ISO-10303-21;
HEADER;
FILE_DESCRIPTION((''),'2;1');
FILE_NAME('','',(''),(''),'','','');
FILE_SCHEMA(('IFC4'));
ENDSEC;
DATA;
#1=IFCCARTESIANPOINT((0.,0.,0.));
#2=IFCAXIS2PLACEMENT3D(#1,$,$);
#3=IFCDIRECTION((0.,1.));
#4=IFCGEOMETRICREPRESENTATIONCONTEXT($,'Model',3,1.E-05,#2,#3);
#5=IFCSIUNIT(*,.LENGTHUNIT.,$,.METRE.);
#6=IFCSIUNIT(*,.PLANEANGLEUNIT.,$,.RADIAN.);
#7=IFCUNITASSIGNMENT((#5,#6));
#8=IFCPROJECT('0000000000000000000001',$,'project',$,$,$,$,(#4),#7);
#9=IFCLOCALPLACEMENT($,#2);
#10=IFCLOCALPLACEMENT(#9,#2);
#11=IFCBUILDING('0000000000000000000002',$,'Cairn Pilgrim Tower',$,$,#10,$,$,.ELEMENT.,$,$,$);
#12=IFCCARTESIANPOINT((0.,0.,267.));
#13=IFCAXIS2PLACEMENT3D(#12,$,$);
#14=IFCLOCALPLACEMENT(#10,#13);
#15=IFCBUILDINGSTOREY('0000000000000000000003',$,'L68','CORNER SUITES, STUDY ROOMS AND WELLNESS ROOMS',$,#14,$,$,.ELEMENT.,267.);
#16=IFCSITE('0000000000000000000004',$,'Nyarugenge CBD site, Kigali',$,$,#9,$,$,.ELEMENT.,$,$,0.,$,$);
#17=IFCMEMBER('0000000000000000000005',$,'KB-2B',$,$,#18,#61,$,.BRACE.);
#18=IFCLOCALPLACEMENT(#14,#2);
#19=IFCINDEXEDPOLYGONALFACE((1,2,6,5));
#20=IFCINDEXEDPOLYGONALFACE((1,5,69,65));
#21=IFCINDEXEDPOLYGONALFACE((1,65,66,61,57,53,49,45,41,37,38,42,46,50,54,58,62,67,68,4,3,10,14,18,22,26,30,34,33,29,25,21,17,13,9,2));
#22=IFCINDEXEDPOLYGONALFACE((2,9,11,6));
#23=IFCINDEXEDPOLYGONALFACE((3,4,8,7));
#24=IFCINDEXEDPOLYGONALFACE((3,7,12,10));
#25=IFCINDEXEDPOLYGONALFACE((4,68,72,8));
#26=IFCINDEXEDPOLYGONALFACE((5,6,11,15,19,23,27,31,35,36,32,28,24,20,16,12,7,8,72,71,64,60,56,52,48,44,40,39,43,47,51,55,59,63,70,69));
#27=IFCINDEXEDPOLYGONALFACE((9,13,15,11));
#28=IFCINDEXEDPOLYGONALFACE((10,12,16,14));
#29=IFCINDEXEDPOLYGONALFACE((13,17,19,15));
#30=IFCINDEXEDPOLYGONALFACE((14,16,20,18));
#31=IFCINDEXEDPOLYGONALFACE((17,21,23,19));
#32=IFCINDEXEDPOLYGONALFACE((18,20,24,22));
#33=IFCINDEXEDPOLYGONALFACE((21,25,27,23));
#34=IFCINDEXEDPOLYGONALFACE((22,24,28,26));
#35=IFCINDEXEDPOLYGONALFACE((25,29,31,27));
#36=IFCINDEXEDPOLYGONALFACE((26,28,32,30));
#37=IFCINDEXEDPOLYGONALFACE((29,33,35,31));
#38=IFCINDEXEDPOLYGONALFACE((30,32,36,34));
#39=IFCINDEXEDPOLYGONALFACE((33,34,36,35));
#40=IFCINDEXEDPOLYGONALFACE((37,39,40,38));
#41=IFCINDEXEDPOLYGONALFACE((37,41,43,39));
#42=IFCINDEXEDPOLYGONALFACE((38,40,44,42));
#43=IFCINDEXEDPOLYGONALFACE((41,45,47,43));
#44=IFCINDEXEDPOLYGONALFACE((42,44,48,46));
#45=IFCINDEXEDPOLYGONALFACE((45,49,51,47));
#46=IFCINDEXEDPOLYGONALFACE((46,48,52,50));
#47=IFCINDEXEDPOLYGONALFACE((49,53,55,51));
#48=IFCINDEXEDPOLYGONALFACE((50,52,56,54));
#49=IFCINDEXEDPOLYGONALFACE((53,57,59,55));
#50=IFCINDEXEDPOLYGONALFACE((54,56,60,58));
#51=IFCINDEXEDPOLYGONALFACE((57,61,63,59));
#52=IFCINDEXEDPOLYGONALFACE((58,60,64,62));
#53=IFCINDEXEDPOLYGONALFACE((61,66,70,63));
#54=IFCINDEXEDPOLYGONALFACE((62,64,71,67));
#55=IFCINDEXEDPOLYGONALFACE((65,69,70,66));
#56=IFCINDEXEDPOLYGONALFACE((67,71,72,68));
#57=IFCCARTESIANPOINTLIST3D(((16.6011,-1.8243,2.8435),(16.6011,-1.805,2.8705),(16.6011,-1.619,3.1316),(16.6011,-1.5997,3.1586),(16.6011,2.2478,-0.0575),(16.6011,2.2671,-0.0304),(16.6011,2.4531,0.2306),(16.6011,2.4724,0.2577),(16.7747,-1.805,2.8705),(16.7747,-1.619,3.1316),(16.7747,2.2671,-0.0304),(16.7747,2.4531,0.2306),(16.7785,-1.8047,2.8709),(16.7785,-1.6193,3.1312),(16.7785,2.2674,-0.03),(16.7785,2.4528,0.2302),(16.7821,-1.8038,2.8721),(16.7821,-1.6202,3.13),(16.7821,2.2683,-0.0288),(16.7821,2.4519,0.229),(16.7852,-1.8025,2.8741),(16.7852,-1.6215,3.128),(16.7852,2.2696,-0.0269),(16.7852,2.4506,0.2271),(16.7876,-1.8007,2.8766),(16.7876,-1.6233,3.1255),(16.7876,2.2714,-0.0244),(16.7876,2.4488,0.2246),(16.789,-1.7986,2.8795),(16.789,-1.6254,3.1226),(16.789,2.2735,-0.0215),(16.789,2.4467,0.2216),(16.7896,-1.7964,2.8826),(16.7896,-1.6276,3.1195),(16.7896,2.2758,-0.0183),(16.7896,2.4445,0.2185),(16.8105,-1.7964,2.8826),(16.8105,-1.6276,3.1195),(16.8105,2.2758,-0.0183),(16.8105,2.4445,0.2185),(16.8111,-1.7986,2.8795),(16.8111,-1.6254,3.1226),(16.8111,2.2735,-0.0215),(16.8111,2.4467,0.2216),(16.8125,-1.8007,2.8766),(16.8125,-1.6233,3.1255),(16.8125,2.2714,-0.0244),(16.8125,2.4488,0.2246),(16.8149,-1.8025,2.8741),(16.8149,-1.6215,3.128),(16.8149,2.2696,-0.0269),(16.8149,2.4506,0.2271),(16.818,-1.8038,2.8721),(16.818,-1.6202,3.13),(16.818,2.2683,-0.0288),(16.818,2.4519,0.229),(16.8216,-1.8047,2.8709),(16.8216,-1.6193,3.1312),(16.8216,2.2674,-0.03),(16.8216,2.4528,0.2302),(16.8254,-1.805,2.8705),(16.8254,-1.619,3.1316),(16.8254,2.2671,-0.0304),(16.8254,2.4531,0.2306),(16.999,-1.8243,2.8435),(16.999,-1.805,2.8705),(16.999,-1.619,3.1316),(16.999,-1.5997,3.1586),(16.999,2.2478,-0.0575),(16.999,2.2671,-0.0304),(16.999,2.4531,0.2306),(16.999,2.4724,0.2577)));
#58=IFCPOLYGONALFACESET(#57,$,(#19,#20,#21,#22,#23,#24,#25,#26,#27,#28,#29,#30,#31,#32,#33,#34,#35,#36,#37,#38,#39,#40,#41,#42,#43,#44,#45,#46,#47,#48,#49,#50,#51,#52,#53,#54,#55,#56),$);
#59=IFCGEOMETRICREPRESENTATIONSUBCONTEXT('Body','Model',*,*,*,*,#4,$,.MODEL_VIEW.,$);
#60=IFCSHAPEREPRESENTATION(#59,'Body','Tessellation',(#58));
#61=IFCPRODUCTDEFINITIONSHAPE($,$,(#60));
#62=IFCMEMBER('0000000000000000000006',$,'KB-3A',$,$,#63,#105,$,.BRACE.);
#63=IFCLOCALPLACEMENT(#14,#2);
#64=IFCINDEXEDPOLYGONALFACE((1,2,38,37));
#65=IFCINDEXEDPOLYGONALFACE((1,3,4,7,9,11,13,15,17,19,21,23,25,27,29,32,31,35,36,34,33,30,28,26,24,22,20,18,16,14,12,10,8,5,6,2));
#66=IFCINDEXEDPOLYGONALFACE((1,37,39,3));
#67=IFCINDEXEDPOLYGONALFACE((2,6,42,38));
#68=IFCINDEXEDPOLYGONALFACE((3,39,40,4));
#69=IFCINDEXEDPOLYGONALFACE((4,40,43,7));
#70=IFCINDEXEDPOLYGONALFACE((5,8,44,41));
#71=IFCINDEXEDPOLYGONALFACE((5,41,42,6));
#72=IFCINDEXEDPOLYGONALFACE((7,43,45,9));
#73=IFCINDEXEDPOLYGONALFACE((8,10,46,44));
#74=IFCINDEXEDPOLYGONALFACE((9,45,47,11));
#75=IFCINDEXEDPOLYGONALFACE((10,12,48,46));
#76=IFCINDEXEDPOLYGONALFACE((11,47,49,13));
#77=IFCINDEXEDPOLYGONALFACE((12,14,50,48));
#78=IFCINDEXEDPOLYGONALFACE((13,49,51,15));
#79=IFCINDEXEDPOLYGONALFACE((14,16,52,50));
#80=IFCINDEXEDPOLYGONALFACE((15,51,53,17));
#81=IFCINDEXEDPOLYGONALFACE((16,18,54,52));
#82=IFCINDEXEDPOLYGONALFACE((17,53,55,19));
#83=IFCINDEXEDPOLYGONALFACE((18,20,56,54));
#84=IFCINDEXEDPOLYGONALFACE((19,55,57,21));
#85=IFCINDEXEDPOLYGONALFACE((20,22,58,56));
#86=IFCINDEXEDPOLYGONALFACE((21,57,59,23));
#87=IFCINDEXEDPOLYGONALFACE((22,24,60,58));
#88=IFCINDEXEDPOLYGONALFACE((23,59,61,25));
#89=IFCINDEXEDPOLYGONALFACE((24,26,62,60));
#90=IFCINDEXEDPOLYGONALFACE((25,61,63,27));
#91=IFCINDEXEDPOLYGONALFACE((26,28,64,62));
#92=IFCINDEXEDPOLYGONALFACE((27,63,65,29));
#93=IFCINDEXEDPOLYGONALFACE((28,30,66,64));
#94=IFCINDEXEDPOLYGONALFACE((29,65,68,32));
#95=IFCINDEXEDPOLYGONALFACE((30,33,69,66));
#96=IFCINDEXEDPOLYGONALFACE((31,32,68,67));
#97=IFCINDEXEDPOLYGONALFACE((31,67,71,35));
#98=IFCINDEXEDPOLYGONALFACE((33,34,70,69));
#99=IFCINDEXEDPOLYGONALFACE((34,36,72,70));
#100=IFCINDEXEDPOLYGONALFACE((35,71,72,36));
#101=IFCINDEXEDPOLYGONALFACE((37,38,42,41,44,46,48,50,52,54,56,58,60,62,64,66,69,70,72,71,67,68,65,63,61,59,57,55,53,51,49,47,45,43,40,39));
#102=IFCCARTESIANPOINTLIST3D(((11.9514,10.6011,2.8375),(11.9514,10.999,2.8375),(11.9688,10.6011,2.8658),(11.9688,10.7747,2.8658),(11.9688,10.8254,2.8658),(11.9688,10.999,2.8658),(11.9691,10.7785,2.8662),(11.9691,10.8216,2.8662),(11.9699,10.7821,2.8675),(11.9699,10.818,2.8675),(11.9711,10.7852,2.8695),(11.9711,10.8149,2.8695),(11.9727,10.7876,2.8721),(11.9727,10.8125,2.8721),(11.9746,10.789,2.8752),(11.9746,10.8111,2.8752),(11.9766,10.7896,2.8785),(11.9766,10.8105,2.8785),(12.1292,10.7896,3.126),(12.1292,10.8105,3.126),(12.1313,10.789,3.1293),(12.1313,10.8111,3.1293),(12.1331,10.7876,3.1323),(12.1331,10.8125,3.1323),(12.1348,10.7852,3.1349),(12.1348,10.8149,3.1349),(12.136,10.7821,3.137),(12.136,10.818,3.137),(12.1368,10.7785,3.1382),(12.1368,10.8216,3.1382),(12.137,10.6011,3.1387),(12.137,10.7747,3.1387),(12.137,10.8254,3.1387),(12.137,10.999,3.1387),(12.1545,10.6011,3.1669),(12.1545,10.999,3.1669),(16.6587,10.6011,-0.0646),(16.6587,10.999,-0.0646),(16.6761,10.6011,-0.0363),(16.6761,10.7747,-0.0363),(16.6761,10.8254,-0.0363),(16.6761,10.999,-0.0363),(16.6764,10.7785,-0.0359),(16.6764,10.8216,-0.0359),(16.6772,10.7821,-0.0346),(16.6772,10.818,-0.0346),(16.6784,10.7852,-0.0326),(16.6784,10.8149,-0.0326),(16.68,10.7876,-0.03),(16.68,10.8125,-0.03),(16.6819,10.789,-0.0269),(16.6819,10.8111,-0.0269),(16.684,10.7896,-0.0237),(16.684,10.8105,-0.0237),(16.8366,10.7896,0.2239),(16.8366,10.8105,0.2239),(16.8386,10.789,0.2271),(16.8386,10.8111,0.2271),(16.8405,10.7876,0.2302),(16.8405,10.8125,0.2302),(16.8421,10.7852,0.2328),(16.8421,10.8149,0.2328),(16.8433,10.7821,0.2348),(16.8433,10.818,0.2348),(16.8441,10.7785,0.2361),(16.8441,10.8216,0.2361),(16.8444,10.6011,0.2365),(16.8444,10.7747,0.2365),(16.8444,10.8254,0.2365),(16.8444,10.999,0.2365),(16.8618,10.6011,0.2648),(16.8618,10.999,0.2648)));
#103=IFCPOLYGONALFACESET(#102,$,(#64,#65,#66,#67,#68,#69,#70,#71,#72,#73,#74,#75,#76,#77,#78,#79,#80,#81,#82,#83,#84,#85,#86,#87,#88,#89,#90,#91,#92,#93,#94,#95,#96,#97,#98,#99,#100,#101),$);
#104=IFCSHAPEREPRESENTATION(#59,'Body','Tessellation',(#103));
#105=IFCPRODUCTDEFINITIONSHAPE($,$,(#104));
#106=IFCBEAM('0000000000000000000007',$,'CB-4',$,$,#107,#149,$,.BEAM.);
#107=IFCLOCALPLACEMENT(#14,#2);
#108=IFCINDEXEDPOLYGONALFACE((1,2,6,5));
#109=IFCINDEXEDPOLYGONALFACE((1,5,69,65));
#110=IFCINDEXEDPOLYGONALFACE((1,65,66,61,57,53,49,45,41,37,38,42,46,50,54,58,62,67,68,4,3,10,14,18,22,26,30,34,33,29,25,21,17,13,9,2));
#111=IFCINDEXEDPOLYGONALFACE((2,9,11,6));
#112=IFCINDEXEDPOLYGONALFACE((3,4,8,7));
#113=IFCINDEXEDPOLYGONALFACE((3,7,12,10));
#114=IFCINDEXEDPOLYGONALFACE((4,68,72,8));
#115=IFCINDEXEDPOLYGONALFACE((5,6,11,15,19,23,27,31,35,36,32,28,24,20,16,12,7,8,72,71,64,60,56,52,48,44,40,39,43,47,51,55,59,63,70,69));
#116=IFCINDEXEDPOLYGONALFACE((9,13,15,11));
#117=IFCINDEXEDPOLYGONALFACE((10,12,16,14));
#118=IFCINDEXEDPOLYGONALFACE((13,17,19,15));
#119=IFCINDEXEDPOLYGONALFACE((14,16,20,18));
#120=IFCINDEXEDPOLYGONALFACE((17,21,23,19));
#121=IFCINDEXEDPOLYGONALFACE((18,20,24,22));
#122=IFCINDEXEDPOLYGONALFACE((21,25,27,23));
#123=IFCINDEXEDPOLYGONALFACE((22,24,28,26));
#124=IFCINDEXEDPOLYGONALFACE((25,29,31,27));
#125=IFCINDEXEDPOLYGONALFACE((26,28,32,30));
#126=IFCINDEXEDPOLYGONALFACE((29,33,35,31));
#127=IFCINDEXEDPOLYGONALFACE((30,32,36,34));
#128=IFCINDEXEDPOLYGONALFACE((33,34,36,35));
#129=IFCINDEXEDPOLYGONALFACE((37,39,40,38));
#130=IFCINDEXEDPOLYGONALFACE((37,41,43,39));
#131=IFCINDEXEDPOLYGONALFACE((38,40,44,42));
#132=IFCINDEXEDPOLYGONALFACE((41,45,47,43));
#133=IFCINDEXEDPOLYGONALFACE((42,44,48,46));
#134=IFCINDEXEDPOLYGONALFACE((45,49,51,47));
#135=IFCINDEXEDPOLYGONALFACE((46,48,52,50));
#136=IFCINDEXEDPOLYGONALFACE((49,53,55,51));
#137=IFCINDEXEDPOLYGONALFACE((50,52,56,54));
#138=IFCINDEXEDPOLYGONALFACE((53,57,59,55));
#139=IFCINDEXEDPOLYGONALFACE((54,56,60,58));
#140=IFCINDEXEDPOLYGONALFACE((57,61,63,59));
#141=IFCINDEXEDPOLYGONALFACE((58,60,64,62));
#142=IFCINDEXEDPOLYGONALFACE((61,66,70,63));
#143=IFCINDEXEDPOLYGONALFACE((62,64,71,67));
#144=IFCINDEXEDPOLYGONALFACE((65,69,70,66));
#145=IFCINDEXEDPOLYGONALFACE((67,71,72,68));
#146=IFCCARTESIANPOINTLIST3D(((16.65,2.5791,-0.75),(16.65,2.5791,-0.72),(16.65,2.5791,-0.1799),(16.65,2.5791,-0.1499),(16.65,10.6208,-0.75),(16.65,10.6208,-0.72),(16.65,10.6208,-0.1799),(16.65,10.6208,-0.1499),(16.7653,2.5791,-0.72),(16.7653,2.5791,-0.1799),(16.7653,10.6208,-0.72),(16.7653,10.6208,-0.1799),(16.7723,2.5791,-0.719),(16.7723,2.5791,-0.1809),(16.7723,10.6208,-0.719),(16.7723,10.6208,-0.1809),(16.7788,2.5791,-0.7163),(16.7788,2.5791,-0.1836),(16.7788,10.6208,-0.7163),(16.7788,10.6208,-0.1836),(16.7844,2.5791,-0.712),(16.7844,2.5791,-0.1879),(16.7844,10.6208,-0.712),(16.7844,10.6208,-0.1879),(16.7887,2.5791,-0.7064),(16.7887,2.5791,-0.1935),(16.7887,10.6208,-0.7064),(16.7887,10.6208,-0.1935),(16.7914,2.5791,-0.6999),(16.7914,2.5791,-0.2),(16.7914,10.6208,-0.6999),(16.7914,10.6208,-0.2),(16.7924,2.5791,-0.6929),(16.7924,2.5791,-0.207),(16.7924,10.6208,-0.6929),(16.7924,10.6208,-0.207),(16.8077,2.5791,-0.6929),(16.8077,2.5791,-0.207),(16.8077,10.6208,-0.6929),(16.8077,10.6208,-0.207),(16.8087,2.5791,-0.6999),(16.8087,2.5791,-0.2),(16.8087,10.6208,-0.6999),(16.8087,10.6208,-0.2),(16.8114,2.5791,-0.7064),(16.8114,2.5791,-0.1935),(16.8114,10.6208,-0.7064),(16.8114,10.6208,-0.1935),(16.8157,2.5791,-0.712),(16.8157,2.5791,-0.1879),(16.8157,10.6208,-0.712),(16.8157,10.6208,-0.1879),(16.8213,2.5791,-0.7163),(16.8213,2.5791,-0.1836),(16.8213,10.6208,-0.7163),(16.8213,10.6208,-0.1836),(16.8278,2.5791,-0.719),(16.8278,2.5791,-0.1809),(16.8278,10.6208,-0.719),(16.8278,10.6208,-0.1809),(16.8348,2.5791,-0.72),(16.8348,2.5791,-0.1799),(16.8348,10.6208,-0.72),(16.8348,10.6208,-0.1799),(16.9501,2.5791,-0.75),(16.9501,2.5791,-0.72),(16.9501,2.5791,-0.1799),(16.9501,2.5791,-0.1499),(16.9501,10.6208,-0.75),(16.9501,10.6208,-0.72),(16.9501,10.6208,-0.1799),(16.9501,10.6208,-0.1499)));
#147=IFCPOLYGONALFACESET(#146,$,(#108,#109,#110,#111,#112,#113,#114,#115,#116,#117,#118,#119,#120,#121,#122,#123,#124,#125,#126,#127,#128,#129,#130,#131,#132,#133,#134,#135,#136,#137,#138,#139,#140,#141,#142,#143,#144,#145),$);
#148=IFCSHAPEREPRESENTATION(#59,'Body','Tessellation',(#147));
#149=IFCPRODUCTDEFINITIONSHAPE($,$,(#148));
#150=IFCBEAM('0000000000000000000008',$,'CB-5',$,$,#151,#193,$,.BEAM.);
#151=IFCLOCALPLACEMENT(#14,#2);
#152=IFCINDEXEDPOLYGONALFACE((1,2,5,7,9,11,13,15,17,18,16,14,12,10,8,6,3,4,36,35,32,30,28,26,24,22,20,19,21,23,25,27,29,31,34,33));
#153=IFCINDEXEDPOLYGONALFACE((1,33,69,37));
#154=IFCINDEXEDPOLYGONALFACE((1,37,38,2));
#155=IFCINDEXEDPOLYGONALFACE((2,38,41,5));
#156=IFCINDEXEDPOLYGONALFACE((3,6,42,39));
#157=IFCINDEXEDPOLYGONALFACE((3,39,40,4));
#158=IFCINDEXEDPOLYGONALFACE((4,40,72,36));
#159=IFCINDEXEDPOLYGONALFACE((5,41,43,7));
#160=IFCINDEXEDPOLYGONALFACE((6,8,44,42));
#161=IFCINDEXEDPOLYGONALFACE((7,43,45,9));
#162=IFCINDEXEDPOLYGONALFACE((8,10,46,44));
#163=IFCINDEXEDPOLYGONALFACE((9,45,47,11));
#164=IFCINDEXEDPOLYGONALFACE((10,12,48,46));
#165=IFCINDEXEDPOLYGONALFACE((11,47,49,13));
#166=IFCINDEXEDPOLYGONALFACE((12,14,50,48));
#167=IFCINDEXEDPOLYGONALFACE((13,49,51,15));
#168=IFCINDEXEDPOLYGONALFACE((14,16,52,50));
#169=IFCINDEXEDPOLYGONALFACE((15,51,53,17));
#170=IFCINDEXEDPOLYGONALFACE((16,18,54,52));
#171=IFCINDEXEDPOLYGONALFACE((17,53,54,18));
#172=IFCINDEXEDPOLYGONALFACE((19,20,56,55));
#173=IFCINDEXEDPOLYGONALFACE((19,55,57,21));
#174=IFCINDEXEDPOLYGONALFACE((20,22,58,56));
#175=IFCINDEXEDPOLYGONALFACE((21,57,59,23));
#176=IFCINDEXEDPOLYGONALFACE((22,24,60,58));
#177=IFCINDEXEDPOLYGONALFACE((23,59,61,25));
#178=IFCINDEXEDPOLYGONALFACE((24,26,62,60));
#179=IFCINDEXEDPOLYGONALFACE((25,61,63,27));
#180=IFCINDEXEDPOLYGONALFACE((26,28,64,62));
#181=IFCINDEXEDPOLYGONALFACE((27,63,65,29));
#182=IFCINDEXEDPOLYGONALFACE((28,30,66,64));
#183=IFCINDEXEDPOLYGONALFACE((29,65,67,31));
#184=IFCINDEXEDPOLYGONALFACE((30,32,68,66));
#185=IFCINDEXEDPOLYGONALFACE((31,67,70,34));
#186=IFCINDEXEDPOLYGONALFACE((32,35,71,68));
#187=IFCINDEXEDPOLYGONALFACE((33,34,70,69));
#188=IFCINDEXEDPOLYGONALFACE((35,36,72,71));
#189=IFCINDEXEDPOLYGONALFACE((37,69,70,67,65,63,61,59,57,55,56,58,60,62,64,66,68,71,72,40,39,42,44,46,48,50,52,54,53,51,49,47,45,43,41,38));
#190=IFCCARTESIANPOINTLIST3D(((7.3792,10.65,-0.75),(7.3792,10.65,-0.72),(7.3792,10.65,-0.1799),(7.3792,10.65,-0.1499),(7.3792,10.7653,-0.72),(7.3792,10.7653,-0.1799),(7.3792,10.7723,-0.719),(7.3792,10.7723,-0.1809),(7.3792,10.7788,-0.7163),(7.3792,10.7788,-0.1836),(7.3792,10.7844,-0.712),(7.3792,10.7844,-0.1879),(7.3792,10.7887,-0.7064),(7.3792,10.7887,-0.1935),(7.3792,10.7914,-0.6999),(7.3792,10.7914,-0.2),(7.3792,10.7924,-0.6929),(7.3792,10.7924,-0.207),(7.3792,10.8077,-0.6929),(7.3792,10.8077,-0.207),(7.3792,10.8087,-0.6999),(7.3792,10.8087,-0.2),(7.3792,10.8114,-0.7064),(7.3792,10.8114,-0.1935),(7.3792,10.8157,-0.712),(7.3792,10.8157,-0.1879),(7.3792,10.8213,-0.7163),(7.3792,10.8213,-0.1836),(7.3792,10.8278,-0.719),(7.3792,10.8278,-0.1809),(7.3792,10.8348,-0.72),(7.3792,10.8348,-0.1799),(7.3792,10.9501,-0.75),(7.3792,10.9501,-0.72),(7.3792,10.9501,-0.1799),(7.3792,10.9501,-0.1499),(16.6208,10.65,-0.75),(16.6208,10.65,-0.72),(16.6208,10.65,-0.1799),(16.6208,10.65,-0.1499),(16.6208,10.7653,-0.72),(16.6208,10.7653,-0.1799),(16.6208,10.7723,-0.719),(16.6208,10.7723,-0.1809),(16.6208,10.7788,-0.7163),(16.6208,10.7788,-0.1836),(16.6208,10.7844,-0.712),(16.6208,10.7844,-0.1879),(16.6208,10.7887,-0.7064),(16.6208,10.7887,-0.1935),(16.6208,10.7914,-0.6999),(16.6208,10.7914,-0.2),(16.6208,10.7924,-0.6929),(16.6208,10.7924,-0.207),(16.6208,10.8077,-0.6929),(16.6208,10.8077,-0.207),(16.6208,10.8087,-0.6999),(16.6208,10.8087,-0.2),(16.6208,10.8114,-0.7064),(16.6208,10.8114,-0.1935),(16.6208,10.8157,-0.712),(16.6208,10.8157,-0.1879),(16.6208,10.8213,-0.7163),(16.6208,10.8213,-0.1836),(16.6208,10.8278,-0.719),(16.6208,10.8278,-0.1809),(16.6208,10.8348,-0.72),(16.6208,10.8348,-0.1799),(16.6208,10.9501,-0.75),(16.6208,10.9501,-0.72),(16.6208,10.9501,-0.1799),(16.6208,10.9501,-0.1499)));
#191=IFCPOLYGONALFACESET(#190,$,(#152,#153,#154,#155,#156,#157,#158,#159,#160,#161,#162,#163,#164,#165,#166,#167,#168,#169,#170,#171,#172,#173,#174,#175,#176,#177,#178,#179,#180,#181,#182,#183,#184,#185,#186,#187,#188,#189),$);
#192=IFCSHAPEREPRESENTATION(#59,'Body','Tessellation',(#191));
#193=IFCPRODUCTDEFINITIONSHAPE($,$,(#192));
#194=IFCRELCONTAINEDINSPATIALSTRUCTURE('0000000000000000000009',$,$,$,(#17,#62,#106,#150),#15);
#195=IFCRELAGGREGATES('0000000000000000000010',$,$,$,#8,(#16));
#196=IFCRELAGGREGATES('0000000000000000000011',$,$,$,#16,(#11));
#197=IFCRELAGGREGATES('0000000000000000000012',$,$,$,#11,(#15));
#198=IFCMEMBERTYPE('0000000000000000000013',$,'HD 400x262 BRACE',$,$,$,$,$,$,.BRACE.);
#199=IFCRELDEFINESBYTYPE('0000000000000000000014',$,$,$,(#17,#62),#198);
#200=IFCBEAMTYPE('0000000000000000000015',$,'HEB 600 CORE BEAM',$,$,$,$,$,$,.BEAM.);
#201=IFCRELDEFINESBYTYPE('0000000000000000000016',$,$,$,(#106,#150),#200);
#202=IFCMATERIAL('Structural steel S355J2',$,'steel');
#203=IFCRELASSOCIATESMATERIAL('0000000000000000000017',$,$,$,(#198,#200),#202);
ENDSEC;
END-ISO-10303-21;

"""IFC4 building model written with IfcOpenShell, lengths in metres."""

from ifc_helpers import new_model, si_unit, direction, frame, origin, origin_2d, place, context, subcontext, project, spatial, i_section, extrude, material, material_profile, profile_set, type_object, element, save


model = new_model("IFC4")

# Units and contexts
model_context = context("Model", 3, precision=1e-05, world=origin(), true_north=direction((0.0, 1.0)))
body_context = subcontext(model_context, "Body", "Model", "MODEL_VIEW")
ifc_project = project(units=[si_unit("LENGTHUNIT", "METRE"), si_unit("PLANEANGLEUNIT", "RADIAN")], contexts=[model_context])

# Site, building, storey
site_placement = place(None, origin())
site = spatial("IfcSite", under=ifc_project, at=site_placement, Name="Nyarugenge CBD site, Kigali", CompositionType="ELEMENT", RefElevation=0.0)
building_placement = place(site_placement, origin())
building = spatial("IfcBuilding", under=site, at=building_placement, Name="Cairn Pilgrim Tower", CompositionType="ELEMENT")
storey_placement = place(building_placement, frame((0.0, 0.0, 267.0)))
storey = spatial("IfcBuildingStorey", under=building, at=storey_placement, Name="L68", Description="CORNER SUITES, STUDY ROOMS AND WELLNESS ROOMS", CompositionType="ELEMENT", Elevation=267.0)

# Shared definitions
ifc_material_1 = material(Name="Structural steel S355J2", Category="steel")

# Members
ifc_material_profile_1 = material_profile(ifc_material_1, i_section(OverallWidth=0.3979, OverallDepth=0.387, WebThickness=0.021, FlangeThickness=0.0332, FilletRadius=0.0149, at=origin_2d()), Name="HD 400x262")
ifc_profile_set_1 = profile_set([ifc_material_profile_1], Name="Structural steel S355J2")
member_type = type_object("IfcMemberType", Name="HD 400x262 BRACE", PredefinedType="BRACE", material=ifc_profile_set_1)
member_1_placement = place(storey_placement, frame((16.8, 2.3601, 0.1001), z_axis=(0.0, -0.814462, 0.580217), x_axis=(1.0, 0.0, 0.0)))
element("IfcMember", 1, at=member_1_placement, inside=storey, type_object=member_type, Name="KB-2B", PredefinedType="BRACE", context=body_context, shape_type="SweptSolid", body=[
    extrude(i_section(OverallWidth=0.3979, OverallDepth=0.387, WebThickness=0.021, FlangeThickness=0.0332, FilletRadius=0.0149, at=origin_2d()), origin(), (0.0, 0.0, 1.0), 4.9998),
])
member_2_placement = place(storey_placement, frame((16.7603, 10.8, 0.1001), z_axis=(-0.851229, 0.0, 0.524794), x_axis=(0.0, -1.0, 0.0)))
element("IfcMember", 2, at=member_2_placement, inside=storey, type_object=member_type, Name="KB-3A", PredefinedType="BRACE", context=body_context, shape_type="SweptSolid", body=[
    extrude(i_section(OverallWidth=0.3979, OverallDepth=0.387, WebThickness=0.021, FlangeThickness=0.0332, FilletRadius=0.0149, at=origin_2d()), origin(), (0.0, 0.0, 1.0), 5.53),
])

# Beams
ifc_material_profile_2 = material_profile(ifc_material_1, i_section(OverallWidth=0.3, OverallDepth=0.6001, WebThickness=0.0154, FlangeThickness=0.03, FilletRadius=0.0271, at=origin_2d()), Name="HEB 600")
ifc_profile_set_2 = profile_set([ifc_material_profile_2], Name="Structural steel S355J2")
beam_type_1 = type_object("IfcBeamType", Name="HEB 600 CORE BEAM", PredefinedType="BEAM", material=ifc_profile_set_2)
beam_1_placement = place(storey_placement, frame((16.8, 2.5791, -0.45), z_axis=(0.0, 1.0, 0.0), x_axis=(-1.0, 0.0, 0.0)))
element("IfcBeam", 3, at=beam_1_placement, inside=storey, type_object=beam_type_1, Name="CB-4", PredefinedType="BEAM", context=body_context, shape_type="SweptSolid", body=[
    extrude(i_section(OverallWidth=0.3, OverallDepth=0.6001, WebThickness=0.0154, FlangeThickness=0.03, FilletRadius=0.0271, at=origin_2d()), origin(), (0.0, 0.0, 1.0), 8.0417),
])
beam_2_placement = place(storey_placement, frame((16.6208, 10.8, -0.45), z_axis=(-1.0, 0.0, 0.0), x_axis=(0.0, -1.0, 0.0)))
element("IfcBeam", 4, at=beam_2_placement, inside=storey, type_object=beam_type_1, Name="CB-5", PredefinedType="BEAM", context=body_context, shape_type="SweptSolid", body=[
    extrude(i_section(OverallWidth=0.3, OverallDepth=0.6001, WebThickness=0.0154, FlangeThickness=0.03, FilletRadius=0.0271, at=origin_2d()), origin(), (0.0, 0.0, 1.0), 9.2417),
])

save(model, "model.ifc")
